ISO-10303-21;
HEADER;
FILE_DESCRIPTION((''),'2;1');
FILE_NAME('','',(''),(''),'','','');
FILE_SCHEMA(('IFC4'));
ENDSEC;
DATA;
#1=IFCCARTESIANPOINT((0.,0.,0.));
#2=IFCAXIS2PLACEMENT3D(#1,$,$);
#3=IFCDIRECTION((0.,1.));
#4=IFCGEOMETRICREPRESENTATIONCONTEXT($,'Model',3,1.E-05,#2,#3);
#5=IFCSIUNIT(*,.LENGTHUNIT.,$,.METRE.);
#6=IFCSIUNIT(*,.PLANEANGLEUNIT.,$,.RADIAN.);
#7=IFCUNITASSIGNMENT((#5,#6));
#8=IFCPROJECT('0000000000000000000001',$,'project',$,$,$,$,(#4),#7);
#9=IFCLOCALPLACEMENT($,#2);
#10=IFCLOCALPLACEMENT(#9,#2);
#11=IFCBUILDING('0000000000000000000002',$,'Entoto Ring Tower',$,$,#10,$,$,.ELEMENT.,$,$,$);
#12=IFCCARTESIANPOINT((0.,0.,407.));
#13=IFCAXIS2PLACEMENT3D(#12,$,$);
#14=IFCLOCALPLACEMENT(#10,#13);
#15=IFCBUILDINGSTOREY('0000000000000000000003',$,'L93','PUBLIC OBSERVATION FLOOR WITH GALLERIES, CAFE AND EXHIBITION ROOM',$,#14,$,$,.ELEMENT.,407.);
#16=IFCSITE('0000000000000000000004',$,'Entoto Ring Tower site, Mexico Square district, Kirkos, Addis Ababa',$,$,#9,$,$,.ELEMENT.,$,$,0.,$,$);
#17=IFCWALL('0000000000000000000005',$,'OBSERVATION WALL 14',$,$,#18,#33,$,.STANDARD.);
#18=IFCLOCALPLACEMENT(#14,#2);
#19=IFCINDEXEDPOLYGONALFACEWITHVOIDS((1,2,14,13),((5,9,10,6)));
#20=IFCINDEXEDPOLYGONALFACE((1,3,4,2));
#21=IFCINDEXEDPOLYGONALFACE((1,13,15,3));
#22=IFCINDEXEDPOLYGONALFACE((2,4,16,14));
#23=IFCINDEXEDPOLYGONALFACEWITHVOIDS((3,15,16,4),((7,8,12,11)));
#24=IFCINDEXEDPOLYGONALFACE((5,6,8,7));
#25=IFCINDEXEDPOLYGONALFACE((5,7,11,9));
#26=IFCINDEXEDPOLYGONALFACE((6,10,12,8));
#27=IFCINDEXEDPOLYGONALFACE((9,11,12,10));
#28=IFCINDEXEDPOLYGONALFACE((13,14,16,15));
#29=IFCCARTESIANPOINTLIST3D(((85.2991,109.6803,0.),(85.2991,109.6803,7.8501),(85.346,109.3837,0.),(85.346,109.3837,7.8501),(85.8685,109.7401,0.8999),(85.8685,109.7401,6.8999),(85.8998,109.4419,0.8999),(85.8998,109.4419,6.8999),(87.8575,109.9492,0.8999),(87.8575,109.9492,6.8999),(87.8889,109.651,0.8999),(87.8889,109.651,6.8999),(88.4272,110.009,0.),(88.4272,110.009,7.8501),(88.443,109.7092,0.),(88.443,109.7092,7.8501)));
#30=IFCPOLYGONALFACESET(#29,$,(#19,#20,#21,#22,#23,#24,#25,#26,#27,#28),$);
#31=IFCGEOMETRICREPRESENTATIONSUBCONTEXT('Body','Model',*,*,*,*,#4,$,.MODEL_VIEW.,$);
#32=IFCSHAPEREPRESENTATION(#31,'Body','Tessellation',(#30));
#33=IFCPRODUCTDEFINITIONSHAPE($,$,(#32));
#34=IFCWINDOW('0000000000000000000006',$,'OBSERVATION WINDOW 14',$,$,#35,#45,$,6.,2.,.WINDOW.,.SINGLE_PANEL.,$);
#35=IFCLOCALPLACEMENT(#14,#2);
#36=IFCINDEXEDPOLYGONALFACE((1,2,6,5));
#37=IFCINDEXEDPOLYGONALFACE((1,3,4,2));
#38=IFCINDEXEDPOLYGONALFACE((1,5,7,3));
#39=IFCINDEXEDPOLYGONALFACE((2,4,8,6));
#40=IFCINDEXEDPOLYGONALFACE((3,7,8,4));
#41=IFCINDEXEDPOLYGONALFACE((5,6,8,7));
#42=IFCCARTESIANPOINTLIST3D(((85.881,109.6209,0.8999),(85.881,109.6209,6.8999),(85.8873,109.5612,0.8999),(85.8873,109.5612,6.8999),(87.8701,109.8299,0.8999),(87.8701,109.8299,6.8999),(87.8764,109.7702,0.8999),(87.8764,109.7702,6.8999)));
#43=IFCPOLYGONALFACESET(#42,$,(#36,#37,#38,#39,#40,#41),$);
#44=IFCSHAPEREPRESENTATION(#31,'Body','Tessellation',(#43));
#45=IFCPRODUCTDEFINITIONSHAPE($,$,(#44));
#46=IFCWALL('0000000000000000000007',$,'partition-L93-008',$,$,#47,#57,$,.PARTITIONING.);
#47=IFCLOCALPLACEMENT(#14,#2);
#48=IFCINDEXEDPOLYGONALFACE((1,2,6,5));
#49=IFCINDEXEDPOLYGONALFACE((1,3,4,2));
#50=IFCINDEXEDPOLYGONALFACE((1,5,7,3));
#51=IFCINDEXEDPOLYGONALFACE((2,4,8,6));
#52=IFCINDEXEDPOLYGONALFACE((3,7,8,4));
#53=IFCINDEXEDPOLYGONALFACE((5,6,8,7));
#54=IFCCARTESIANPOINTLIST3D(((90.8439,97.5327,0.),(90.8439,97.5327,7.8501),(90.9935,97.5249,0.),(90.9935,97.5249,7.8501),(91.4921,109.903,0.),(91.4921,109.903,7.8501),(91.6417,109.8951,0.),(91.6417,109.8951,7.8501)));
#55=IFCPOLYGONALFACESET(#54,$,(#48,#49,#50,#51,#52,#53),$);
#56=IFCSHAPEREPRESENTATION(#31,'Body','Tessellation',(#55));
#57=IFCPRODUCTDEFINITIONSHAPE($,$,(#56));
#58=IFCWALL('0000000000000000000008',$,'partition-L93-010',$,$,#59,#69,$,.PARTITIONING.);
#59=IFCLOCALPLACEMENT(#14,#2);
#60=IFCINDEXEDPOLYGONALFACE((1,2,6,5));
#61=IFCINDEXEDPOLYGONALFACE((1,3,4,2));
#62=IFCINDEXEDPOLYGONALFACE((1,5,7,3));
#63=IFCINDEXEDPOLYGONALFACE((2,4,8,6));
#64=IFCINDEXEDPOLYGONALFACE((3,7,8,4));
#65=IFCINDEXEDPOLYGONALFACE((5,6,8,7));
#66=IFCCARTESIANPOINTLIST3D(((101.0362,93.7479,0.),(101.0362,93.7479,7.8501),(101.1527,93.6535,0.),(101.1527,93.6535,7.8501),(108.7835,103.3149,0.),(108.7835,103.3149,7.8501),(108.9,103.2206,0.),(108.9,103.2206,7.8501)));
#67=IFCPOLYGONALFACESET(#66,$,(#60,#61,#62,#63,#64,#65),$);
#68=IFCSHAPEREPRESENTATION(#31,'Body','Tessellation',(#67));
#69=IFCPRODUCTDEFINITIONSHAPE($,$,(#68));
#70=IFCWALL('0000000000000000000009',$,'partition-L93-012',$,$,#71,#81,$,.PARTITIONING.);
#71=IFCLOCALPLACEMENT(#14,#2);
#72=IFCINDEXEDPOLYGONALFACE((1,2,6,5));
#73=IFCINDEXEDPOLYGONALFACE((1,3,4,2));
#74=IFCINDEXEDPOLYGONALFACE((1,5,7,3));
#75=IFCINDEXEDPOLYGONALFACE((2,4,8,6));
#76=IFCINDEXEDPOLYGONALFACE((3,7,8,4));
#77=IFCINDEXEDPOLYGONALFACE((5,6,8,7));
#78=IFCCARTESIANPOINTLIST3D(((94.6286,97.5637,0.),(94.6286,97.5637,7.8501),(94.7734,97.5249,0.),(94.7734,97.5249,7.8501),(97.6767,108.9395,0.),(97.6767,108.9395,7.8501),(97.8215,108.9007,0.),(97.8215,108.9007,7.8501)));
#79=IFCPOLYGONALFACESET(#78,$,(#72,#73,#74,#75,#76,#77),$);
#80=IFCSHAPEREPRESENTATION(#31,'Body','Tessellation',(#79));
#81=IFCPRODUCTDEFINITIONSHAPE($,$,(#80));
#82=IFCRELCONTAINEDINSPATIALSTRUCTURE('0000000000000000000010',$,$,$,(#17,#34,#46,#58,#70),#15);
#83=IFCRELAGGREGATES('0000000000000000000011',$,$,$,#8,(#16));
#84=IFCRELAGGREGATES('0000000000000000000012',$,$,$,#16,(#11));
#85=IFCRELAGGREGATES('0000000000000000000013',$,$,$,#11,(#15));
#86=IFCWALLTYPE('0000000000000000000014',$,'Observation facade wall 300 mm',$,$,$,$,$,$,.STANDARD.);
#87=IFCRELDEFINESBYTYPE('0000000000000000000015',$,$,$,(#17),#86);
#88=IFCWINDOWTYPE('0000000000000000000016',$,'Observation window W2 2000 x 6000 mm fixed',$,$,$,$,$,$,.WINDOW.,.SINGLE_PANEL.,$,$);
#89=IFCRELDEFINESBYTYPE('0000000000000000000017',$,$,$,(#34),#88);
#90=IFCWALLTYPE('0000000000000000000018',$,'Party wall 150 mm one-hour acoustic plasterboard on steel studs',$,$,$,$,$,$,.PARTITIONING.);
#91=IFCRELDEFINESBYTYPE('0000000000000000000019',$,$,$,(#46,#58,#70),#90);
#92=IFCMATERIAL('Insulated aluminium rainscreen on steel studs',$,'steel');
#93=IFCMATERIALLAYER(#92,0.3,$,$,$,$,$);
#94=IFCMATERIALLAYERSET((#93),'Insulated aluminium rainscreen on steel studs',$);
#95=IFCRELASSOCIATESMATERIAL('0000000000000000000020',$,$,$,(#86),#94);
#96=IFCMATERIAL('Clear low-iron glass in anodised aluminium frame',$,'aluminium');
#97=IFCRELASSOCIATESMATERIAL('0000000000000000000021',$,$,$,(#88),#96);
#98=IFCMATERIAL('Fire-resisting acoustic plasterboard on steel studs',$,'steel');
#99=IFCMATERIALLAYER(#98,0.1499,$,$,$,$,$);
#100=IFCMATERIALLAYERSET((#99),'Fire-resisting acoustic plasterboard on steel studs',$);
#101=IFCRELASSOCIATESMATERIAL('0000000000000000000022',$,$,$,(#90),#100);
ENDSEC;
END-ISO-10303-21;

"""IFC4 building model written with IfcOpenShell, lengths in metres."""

from ifc_helpers import new_model, si_unit, direction, frame, frame_2d, origin, place, context, subcontext, project, spatial, polyline, rectangle, outline, extrude, material, layer, layer_set, type_object, element, fill, save


model = new_model("IFC4")

# Units and contexts
model_context = context("Model", 3, precision=1e-05, world=origin(), true_north=direction((0.0, 1.0)))
body_context = subcontext(model_context, "Body", "Model", "MODEL_VIEW")
ifc_project = project(units=[si_unit("LENGTHUNIT", "METRE"), si_unit("PLANEANGLEUNIT", "RADIAN")], contexts=[model_context])

# Site, building, storey
site_placement = place(None, origin())
site = spatial("IfcSite", under=ifc_project, at=site_placement, Name="Entoto Ring Tower site, Mexico Square district, Kirkos, Addis Ababa", CompositionType="ELEMENT", RefElevation=0.0)
building_placement = place(site_placement, origin())
building = spatial("IfcBuilding", under=site, at=building_placement, Name="Entoto Ring Tower", CompositionType="ELEMENT")
storey_placement = place(building_placement, frame((0.0, 0.0, 407.0)))
storey = spatial("IfcBuildingStorey", under=building, at=storey_placement, Name="L93", Description="PUBLIC OBSERVATION FLOOR WITH GALLERIES, CAFE AND EXHIBITION ROOM", CompositionType="ELEMENT", Elevation=407.0)

# Wall, opening, window
ifc_material_1 = material(Name="Insulated aluminium rainscreen on steel studs", Category="steel")
ifc_layer_1 = layer(ifc_material_1, 0.3)
ifc_layer_set_1 = layer_set([ifc_layer_1], Name="Insulated aluminium rainscreen on steel studs")
wall_type_1 = type_object("IfcWallType", Name="Observation facade wall 300 mm", PredefinedType="STANDARD", material=ifc_layer_set_1)
ifc_material_2 = material(Name="Clear low-iron glass in anodised aluminium frame", Category="aluminium")
window_type_1 = type_object("IfcWindowType", Name="Observation window W2 2000 x 6000 mm fixed", PartitioningType="SINGLE_PANEL", PredefinedType="WINDOW", material=ifc_material_2)
wall_1_placement = place(storey_placement, frame((88.4351, 109.8591, 0.0), z_axis=(0.0, 0.0, 1.0), x_axis=(-0.994522, -0.10453, 0.0)))
wall_1 = element("IfcWall", 1, at=wall_1_placement, inside=storey, type_object=wall_type_1, Name="OBSERVATION WALL 14", PredefinedType="STANDARD", context=body_context, shape_type="SweptSolid", body=[
    extrude(outline(polyline([(-0.0078, -0.1499), (3.1375, -0.1499), (3.1218, 0.1499), (0.0078, 0.1499), (-0.0078, -0.1499)])), origin(), (0.0, 0.0, 1.0), 7.8501),
])
opening_1_placement = place(wall_1_placement, frame((0.5649, 0.0, 0.8999)))
opening_1 = element("IfcOpeningElement", 2, at=opening_1_placement, cuts=wall_1, PredefinedType="OPENING", context=body_context, shape_type="SweptSolid", body=[
    extrude(rectangle(XDim=2.0, YDim=6.0, at=frame_2d((1.0, 3.0))), frame((0.0, 0.1602, 0.0), z_axis=(0.0, -1.0, 0.0), x_axis=(1.0, 0.0, 0.0)), (0.0, 0.0, 1.0), 0.3201),
])
window_1_placement = place(opening_1_placement, origin())
window_1 = element("IfcWindow", 3, at=window_1_placement, inside=storey, type_object=window_type_1, Name="OBSERVATION WINDOW 14", OverallHeight=6.0, OverallWidth=2.0, PartitioningType="SINGLE_PANEL", PredefinedType="WINDOW", context=body_context, shape_type="SweptSolid", body=[
    extrude(rectangle(XDim=2.0, YDim=6.0, at=frame_2d((1.0, 3.0))), frame((0.0, 0.03, 0.0), z_axis=(0.0, -1.0, 0.0), x_axis=(1.0, 0.0, 0.0)), (0.0, 0.0, 1.0), 0.0601),
])
fill(opening_1, window_1)

# Walls
ifc_material_3 = material(Name="Fire-resisting acoustic plasterboard on steel studs", Category="steel")
ifc_layer_2 = layer(ifc_material_3, 0.1499)
ifc_layer_set_2 = layer_set([ifc_layer_2], Name="Fire-resisting acoustic plasterboard on steel studs")
wall_type_2 = type_object("IfcWallType", Name="Party wall 150 mm one-hour acoustic plasterboard on steel studs", PredefinedType="PARTITIONING", material=ifc_layer_set_2)
wall_2_placement = place(storey_placement, frame((90.9187, 97.5288, 0.0), z_axis=(0.0, 0.0, 1.0), x_axis=(0.052328, 0.99863, 0.0)))
element("IfcWall", 4, at=wall_2_placement, inside=storey, type_object=wall_type_2, Name="partition-L93-008", PredefinedType="PARTITIONING", context=body_context, shape_type="SweptSolid", body=[
    extrude(rectangle(XDim=12.3872, YDim=0.1499, at=frame_2d((6.1936, 0.0))), origin(), (0.0, 0.0, 1.0), 7.8501),
])
wall_3_placement = place(storey_placement, frame((101.0945, 93.7007, 0.0), z_axis=(0.0, 0.0, 1.0), x_axis=(0.62932, 0.777146, 0.0)))
element("IfcWall", 5, at=wall_3_placement, inside=storey, type_object=wall_type_2, Name="partition-L93-010", PredefinedType="PARTITIONING", context=body_context, shape_type="SweptSolid", body=[
    extrude(rectangle(XDim=12.3105, YDim=0.1499, at=frame_2d((6.1553, 0.0))), origin(), (0.0, 0.0, 1.0), 7.8501),
])
wall_4_placement = place(storey_placement, frame((94.7009, 97.5442, 0.0), z_axis=(0.0, 0.0, 1.0), x_axis=(0.258817, 0.965926, 0.0)))
element("IfcWall", 6, at=wall_4_placement, inside=storey, type_object=wall_type_2, Name="partition-L93-012", PredefinedType="PARTITIONING", context=body_context, shape_type="SweptSolid", body=[
    extrude(rectangle(XDim=11.7771, YDim=0.1499, at=frame_2d((5.8887, 0.0))), origin(), (0.0, 0.0, 1.0), 7.8501),
])

save(model, "model.ifc")
